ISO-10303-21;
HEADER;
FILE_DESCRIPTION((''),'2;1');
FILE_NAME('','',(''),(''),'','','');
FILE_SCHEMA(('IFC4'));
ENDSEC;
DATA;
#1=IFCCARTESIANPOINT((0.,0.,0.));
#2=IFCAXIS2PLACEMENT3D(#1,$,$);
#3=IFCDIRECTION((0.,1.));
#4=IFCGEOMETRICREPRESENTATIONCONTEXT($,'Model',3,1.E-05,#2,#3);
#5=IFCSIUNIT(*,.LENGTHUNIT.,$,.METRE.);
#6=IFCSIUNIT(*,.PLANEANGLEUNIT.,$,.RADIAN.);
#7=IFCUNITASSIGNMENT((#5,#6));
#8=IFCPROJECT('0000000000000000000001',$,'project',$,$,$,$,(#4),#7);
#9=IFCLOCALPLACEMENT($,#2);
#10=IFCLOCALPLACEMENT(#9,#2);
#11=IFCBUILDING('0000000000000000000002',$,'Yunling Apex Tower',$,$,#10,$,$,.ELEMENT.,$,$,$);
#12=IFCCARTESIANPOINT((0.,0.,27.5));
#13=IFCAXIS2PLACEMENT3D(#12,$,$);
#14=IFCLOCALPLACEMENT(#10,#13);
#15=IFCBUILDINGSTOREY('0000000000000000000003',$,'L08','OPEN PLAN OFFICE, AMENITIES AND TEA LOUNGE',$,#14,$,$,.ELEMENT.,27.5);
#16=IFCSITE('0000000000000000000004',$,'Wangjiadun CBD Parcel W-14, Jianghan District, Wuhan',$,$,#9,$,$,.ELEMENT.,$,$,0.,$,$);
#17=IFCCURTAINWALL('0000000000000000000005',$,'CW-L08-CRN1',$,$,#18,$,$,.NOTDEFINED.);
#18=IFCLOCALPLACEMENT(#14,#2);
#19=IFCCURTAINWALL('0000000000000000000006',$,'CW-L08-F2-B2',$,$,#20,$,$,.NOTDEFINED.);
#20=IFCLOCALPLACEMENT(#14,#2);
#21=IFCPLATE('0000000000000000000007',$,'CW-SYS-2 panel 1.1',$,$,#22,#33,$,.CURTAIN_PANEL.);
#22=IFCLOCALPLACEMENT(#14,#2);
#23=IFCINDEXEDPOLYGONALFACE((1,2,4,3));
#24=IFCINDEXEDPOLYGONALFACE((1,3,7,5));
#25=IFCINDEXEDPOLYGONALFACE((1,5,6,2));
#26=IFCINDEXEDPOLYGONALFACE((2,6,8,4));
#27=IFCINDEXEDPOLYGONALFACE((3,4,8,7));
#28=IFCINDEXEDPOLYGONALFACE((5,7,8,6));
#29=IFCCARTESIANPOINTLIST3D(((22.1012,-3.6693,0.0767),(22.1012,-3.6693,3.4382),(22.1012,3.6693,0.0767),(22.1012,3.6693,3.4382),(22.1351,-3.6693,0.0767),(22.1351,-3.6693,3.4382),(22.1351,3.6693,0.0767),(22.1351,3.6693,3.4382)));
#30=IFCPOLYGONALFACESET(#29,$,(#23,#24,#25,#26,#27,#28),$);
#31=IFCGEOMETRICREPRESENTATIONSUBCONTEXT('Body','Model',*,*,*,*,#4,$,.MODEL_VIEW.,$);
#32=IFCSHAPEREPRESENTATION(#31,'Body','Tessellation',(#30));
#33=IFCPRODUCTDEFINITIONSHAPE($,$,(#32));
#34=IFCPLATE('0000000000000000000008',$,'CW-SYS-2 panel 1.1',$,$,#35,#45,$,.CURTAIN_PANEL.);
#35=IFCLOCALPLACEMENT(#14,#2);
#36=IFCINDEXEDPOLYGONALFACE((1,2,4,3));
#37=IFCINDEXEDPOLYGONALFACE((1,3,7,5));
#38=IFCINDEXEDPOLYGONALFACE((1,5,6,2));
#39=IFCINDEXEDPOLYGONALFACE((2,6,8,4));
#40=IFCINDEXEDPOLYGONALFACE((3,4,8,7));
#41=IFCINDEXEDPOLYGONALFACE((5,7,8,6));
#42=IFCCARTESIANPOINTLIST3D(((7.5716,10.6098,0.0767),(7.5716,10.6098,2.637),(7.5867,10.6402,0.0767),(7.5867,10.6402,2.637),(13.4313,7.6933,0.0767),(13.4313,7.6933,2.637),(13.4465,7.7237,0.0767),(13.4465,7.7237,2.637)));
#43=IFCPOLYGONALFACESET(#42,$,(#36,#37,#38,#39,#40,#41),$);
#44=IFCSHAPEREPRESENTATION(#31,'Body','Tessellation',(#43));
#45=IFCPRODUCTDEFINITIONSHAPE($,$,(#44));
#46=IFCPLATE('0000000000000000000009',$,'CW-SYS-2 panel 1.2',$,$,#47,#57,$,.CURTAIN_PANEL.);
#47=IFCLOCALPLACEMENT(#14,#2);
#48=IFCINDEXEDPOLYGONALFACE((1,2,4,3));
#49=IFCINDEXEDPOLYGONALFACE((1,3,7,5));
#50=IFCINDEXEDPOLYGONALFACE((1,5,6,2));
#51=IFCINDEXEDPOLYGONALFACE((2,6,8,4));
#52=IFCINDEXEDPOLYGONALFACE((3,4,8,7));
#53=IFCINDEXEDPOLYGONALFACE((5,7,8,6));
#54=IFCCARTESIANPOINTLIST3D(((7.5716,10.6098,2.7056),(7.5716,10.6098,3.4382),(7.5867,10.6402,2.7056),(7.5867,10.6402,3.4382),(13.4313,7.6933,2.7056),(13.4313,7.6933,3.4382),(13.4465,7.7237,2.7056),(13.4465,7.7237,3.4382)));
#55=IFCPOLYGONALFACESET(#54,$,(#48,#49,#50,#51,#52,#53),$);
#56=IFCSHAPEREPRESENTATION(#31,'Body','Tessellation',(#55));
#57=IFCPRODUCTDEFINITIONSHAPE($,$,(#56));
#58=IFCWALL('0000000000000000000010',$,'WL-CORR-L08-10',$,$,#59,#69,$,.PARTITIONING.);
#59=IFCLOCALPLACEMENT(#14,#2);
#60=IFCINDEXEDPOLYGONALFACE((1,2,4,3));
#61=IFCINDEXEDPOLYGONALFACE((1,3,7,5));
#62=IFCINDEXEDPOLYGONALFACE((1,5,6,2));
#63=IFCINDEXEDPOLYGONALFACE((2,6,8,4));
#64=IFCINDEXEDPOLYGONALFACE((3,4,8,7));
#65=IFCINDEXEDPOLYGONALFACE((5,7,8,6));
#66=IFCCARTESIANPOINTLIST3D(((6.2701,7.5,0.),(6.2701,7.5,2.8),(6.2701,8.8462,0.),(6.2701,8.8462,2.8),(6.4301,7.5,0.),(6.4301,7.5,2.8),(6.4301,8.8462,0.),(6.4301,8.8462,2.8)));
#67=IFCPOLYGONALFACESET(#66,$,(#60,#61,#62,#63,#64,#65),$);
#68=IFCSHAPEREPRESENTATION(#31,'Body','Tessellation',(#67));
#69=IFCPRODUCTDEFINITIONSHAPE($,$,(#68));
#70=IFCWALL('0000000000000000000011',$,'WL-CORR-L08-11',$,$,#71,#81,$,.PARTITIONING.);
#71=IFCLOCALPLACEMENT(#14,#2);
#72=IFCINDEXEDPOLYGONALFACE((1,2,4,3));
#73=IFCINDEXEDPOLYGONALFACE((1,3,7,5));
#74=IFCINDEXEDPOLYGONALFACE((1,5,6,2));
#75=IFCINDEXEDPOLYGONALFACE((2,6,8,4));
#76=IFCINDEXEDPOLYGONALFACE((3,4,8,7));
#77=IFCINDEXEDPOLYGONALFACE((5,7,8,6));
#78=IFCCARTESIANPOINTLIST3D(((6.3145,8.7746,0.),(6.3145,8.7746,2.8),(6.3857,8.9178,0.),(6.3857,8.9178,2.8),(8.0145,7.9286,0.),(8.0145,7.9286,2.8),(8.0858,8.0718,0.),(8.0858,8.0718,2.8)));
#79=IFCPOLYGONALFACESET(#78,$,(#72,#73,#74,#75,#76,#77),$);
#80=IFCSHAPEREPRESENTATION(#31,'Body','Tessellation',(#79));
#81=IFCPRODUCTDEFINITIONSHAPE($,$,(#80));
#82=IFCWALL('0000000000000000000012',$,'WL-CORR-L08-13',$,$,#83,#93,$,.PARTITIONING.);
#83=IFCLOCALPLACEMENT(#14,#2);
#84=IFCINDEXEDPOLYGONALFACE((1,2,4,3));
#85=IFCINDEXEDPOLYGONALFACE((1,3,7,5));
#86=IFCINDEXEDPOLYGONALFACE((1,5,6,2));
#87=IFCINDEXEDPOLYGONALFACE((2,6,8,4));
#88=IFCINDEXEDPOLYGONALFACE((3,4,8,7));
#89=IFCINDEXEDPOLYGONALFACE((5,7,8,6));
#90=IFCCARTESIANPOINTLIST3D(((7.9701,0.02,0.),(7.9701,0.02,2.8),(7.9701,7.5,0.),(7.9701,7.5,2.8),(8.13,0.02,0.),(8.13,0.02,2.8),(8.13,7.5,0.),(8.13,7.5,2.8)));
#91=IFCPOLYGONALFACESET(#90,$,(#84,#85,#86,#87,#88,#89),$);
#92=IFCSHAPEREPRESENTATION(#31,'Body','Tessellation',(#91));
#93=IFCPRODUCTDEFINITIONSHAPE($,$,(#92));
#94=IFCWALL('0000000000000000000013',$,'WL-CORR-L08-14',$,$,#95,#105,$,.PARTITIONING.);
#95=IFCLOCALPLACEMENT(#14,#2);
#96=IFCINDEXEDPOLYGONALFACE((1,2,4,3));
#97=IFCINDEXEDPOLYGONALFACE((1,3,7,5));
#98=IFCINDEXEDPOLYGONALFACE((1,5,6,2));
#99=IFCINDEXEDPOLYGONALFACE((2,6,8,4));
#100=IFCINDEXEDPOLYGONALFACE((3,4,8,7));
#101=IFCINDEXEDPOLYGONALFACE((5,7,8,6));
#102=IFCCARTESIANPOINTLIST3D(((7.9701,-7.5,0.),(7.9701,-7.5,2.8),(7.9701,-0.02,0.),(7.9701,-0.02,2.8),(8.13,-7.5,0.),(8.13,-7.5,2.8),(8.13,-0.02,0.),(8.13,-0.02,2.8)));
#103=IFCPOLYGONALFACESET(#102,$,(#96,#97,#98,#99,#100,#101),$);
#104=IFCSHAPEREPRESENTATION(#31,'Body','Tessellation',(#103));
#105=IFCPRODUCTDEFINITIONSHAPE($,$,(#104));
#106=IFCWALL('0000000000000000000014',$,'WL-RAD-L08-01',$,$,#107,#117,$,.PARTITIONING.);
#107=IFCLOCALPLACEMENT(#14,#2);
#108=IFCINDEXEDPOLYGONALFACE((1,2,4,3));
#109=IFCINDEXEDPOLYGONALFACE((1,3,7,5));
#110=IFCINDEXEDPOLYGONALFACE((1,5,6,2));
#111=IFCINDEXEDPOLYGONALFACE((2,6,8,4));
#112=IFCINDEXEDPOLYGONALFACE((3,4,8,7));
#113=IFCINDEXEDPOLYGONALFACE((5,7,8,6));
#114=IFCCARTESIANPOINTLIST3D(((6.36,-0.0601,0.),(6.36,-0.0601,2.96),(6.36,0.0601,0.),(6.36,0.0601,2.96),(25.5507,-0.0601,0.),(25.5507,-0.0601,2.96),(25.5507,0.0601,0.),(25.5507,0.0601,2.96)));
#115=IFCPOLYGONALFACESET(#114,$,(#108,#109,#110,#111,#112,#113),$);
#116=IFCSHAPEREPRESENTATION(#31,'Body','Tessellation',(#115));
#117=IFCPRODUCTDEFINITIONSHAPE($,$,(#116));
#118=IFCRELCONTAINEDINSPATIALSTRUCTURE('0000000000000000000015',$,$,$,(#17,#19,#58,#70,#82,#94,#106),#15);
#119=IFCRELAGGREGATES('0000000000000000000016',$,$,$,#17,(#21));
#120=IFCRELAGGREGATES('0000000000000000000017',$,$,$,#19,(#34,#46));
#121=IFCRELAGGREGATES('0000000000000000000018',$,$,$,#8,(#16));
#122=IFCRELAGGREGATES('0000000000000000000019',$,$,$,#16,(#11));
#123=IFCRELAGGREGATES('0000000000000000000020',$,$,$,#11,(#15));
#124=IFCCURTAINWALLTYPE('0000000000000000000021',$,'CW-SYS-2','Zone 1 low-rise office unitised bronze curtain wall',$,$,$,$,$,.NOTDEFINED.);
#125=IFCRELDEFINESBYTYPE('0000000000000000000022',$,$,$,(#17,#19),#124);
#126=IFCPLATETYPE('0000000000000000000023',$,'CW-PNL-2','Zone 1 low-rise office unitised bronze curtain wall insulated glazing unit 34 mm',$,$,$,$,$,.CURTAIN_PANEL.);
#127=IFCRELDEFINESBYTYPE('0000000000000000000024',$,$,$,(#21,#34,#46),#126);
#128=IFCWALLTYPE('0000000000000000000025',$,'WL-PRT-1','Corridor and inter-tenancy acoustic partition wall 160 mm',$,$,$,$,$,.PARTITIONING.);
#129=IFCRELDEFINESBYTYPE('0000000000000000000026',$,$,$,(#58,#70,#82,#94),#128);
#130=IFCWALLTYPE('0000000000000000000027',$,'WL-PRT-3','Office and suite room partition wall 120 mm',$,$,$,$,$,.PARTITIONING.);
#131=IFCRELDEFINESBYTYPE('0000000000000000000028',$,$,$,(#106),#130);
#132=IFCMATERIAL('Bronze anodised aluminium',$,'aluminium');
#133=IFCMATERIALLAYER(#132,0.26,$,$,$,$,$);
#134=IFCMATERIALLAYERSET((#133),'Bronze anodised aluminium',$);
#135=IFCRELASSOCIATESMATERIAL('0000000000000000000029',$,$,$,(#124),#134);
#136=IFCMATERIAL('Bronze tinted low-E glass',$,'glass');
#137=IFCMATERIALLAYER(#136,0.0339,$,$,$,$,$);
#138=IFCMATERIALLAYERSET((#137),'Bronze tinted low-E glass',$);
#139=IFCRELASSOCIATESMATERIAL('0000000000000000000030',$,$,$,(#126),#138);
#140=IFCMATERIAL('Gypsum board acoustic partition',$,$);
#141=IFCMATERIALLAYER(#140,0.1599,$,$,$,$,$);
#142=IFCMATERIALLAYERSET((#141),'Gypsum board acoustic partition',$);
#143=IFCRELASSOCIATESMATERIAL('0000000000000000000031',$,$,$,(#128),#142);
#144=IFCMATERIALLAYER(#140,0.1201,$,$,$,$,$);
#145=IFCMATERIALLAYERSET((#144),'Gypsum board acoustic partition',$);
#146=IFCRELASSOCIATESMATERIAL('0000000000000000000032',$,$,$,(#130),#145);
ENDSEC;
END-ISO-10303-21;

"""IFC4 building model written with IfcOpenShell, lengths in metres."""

from ifc_helpers import new_model, si_unit, direction, frame, frame_2d, origin, origin_2d, place, context, subcontext, project, spatial, rectangle, extrude, source, transform, mapped, material, layer, layer_set, type_object, element, aggregate, save


model = new_model("IFC4")

# Units and contexts
model_context = context("Model", 3, precision=1e-05, world=origin(), true_north=direction((0.0, 1.0)))
body_context = subcontext(model_context, "Body", "Model", "MODEL_VIEW")
ifc_project = project(units=[si_unit("LENGTHUNIT", "METRE"), si_unit("PLANEANGLEUNIT", "RADIAN")], contexts=[model_context])

# Site, building, storey
site_placement = place(None, origin())
site = spatial("IfcSite", under=ifc_project, at=site_placement, Name="Wangjiadun CBD Parcel W-14, Jianghan District, Wuhan", CompositionType="ELEMENT", RefElevation=0.0)
building_placement = place(site_placement, origin())
building = spatial("IfcBuilding", under=site, at=building_placement, Name="Yunling Apex Tower", CompositionType="ELEMENT")
storey_placement = place(building_placement, frame((0.0, 0.0, 27.5)))
storey = spatial("IfcBuildingStorey", under=building, at=storey_placement, Name="L08", Description="OPEN PLAN OFFICE, AMENITIES AND TEA LOUNGE", CompositionType="ELEMENT", Elevation=27.5)

# Curtain wall
ifc_material_1 = material(Name="Bronze anodised aluminium", Category="aluminium")
ifc_layer_1 = layer(ifc_material_1, 0.26)
ifc_layer_set_1 = layer_set([ifc_layer_1], Name="Bronze anodised aluminium")
curtain_wall_type = type_object("IfcCurtainWallType", Name="CW-SYS-2", Description="Zone 1 low-rise office unitised bronze curtain wall", PredefinedType="NOTDEFINED", material=ifc_layer_set_1)
curtain_wall_1_placement = place(storey_placement, origin())
curtain_wall_1 = element("IfcCurtainWall", 1, at=curtain_wall_1_placement, inside=storey, type_object=curtain_wall_type, Name="CW-L08-CRN1", PredefinedType="NOTDEFINED")

# Curtain wall
curtain_wall_2_placement = place(storey_placement, origin())
curtain_wall_2 = element("IfcCurtainWall", 2, at=curtain_wall_2_placement, inside=storey, type_object=curtain_wall_type, Name="CW-L08-F2-B2", PredefinedType="NOTDEFINED")

# Plates
ifc_material_2 = material(Name="Bronze tinted low-E glass", Category="glass")
ifc_layer_2 = layer(ifc_material_2, 0.0339)
ifc_layer_set_2 = layer_set([ifc_layer_2], Name="Bronze tinted low-E glass")
plate_type = type_object("IfcPlateType", Name="CW-PNL-2", Description="Zone 1 low-rise office unitised bronze curtain wall insulated glazing unit 34 mm", PredefinedType="CURTAIN_PANEL", material=ifc_layer_set_2)
shared_shape_1 = source(origin(), body_context, "Body", "SweptSolid", [
    extrude(rectangle(XDim=7.3386, YDim=0.0339, at=origin_2d()), origin(), (0.0, 0.0, 1.0), 3.3616),
])
plate_1_placement = place(storey_placement, frame((22.1182, 0.0, 0.0767), z_axis=(0.0, 0.0, 1.0), x_axis=(0.0, 1.0, 0.0)))
plate_1 = element("IfcPlate", 3, at=plate_1_placement, type_object=plate_type, Name="CW-SYS-2 panel 1.1", PredefinedType="CURTAIN_PANEL", context=body_context, shape_type="MappedRepresentation", body=[
    mapped(shared_shape_1, transform((0.0, 0.0, 0.0), scale=1.0)),
])
aggregate(curtain_wall_1, [plate_1])
shared_shape_2 = source(origin(), body_context, "Body", "SweptSolid", [
    extrude(rectangle(XDim=6.5454, YDim=0.0339, at=origin_2d()), origin(), (0.0, 0.0, 1.0), 2.5603),
])
plate_2_placement = place(storey_placement, frame((10.509, 9.1667, 0.0767), z_axis=(0.0, 0.0, 1.0), x_axis=(-0.895244, 0.445577, 0.0)))
plate_2 = element("IfcPlate", 4, at=plate_2_placement, type_object=plate_type, Name="CW-SYS-2 panel 1.1", PredefinedType="CURTAIN_PANEL", context=body_context, shape_type="MappedRepresentation", body=[
    mapped(shared_shape_2, transform((0.0, 0.0, 0.0), scale=1.0)),
])
shared_shape_3 = source(origin(), body_context, "Body", "SweptSolid", [
    extrude(rectangle(XDim=6.5454, YDim=0.0339, at=origin_2d()), origin(), (0.0, 0.0, 1.0), 0.7327),
])
plate_3_placement = place(storey_placement, frame((10.509, 9.1667, 2.7056), z_axis=(0.0, 0.0, 1.0), x_axis=(-0.895244, 0.445577, 0.0)))
plate_3 = element("IfcPlate", 5, at=plate_3_placement, type_object=plate_type, Name="CW-SYS-2 panel 1.2", PredefinedType="CURTAIN_PANEL", context=body_context, shape_type="MappedRepresentation", body=[
    mapped(shared_shape_3, transform((0.0, 0.0, 0.0), scale=1.0)),
])
aggregate(curtain_wall_2, [plate_2, plate_3])

# Walls
ifc_material_3 = material(Name="Gypsum board acoustic partition")
ifc_layer_3 = layer(ifc_material_3, 0.1599)
ifc_layer_set_3 = layer_set([ifc_layer_3], Name="Gypsum board acoustic partition")
wall_type_1 = type_object("IfcWallType", Name="WL-PRT-1", Description="Corridor and inter-tenancy acoustic partition wall 160 mm", PredefinedType="PARTITIONING", material=ifc_layer_set_3)
wall_1_placement = place(storey_placement, frame((6.3501, 7.5, 0.0), z_axis=(0.0, 0.0, 1.0), x_axis=(0.0, 1.0, 0.0)))
element("IfcWall", 6, at=wall_1_placement, inside=storey, type_object=wall_type_1, Name="WL-CORR-L08-10", PredefinedType="PARTITIONING", context=body_context, shape_type="SweptSolid", body=[
    extrude(rectangle(XDim=1.3462, YDim=0.1599, at=frame_2d((0.6731, 0.0))), origin(), (0.0, 0.0, 1.0), 2.8),
])
wall_2_placement = place(storey_placement, frame((6.3501, 8.8462, 0.0), z_axis=(0.0, 0.0, 1.0), x_axis=(0.895274, -0.445516, 0.0)))
element("IfcWall", 7, at=wall_2_placement, inside=storey, type_object=wall_type_1, Name="WL-CORR-L08-11", PredefinedType="PARTITIONING", context=body_context, shape_type="SweptSolid", body=[
    extrude(rectangle(XDim=1.8989, YDim=0.1599, at=frame_2d((0.9495, 0.0))), origin(), (0.0, 0.0, 1.0), 2.8),
])
for number, where, z_axis, x_axis, name in (
    (8, (8.05, 7.5, 0.0), (0.0, 0.0, 1.0), (0.0, -1.0, 0.0), "WL-CORR-L08-13"),
    (9, (8.05, -0.02, 0.0), (0.0, 0.0, 1.0), (0.0, -1.0, 0.0), "WL-CORR-L08-14"),
):
    element("IfcWall", number, at=place(storey_placement, frame(where, z_axis=z_axis, x_axis=x_axis)), inside=storey, type_object=wall_type_1, Name=name, PredefinedType="PARTITIONING", context=body_context, shape_type="SweptSolid", body=[
        extrude(rectangle(XDim=7.48, YDim=0.1599, at=frame_2d((3.74, 0.0))), origin(), (0.0, 0.0, 1.0), 2.8),
    ])
ifc_layer_4 = layer(ifc_material_3, 0.1201)
ifc_layer_set_4 = layer_set([ifc_layer_4], Name="Gypsum board acoustic partition")
wall_type_2 = type_object("IfcWallType", Name="WL-PRT-3", Description="Office and suite room partition wall 120 mm", PredefinedType="PARTITIONING", material=ifc_layer_set_4)
wall_3_placement = place(storey_placement, frame((6.3601, 0.0, 0.0), z_axis=(0.0, 0.0, 1.0), x_axis=(1.0, 0.0, 0.0)))
element("IfcWall", 10, at=wall_3_placement, inside=storey, type_object=wall_type_2, Name="WL-RAD-L08-01", PredefinedType="PARTITIONING", context=body_context, shape_type="SweptSolid", body=[
    extrude(rectangle(XDim=19.1907, YDim=0.1201, at=frame_2d((9.5952, 0.0))), origin(), (0.0, 0.0, 1.0), 2.96),
])

save(model, "model.ifc")
